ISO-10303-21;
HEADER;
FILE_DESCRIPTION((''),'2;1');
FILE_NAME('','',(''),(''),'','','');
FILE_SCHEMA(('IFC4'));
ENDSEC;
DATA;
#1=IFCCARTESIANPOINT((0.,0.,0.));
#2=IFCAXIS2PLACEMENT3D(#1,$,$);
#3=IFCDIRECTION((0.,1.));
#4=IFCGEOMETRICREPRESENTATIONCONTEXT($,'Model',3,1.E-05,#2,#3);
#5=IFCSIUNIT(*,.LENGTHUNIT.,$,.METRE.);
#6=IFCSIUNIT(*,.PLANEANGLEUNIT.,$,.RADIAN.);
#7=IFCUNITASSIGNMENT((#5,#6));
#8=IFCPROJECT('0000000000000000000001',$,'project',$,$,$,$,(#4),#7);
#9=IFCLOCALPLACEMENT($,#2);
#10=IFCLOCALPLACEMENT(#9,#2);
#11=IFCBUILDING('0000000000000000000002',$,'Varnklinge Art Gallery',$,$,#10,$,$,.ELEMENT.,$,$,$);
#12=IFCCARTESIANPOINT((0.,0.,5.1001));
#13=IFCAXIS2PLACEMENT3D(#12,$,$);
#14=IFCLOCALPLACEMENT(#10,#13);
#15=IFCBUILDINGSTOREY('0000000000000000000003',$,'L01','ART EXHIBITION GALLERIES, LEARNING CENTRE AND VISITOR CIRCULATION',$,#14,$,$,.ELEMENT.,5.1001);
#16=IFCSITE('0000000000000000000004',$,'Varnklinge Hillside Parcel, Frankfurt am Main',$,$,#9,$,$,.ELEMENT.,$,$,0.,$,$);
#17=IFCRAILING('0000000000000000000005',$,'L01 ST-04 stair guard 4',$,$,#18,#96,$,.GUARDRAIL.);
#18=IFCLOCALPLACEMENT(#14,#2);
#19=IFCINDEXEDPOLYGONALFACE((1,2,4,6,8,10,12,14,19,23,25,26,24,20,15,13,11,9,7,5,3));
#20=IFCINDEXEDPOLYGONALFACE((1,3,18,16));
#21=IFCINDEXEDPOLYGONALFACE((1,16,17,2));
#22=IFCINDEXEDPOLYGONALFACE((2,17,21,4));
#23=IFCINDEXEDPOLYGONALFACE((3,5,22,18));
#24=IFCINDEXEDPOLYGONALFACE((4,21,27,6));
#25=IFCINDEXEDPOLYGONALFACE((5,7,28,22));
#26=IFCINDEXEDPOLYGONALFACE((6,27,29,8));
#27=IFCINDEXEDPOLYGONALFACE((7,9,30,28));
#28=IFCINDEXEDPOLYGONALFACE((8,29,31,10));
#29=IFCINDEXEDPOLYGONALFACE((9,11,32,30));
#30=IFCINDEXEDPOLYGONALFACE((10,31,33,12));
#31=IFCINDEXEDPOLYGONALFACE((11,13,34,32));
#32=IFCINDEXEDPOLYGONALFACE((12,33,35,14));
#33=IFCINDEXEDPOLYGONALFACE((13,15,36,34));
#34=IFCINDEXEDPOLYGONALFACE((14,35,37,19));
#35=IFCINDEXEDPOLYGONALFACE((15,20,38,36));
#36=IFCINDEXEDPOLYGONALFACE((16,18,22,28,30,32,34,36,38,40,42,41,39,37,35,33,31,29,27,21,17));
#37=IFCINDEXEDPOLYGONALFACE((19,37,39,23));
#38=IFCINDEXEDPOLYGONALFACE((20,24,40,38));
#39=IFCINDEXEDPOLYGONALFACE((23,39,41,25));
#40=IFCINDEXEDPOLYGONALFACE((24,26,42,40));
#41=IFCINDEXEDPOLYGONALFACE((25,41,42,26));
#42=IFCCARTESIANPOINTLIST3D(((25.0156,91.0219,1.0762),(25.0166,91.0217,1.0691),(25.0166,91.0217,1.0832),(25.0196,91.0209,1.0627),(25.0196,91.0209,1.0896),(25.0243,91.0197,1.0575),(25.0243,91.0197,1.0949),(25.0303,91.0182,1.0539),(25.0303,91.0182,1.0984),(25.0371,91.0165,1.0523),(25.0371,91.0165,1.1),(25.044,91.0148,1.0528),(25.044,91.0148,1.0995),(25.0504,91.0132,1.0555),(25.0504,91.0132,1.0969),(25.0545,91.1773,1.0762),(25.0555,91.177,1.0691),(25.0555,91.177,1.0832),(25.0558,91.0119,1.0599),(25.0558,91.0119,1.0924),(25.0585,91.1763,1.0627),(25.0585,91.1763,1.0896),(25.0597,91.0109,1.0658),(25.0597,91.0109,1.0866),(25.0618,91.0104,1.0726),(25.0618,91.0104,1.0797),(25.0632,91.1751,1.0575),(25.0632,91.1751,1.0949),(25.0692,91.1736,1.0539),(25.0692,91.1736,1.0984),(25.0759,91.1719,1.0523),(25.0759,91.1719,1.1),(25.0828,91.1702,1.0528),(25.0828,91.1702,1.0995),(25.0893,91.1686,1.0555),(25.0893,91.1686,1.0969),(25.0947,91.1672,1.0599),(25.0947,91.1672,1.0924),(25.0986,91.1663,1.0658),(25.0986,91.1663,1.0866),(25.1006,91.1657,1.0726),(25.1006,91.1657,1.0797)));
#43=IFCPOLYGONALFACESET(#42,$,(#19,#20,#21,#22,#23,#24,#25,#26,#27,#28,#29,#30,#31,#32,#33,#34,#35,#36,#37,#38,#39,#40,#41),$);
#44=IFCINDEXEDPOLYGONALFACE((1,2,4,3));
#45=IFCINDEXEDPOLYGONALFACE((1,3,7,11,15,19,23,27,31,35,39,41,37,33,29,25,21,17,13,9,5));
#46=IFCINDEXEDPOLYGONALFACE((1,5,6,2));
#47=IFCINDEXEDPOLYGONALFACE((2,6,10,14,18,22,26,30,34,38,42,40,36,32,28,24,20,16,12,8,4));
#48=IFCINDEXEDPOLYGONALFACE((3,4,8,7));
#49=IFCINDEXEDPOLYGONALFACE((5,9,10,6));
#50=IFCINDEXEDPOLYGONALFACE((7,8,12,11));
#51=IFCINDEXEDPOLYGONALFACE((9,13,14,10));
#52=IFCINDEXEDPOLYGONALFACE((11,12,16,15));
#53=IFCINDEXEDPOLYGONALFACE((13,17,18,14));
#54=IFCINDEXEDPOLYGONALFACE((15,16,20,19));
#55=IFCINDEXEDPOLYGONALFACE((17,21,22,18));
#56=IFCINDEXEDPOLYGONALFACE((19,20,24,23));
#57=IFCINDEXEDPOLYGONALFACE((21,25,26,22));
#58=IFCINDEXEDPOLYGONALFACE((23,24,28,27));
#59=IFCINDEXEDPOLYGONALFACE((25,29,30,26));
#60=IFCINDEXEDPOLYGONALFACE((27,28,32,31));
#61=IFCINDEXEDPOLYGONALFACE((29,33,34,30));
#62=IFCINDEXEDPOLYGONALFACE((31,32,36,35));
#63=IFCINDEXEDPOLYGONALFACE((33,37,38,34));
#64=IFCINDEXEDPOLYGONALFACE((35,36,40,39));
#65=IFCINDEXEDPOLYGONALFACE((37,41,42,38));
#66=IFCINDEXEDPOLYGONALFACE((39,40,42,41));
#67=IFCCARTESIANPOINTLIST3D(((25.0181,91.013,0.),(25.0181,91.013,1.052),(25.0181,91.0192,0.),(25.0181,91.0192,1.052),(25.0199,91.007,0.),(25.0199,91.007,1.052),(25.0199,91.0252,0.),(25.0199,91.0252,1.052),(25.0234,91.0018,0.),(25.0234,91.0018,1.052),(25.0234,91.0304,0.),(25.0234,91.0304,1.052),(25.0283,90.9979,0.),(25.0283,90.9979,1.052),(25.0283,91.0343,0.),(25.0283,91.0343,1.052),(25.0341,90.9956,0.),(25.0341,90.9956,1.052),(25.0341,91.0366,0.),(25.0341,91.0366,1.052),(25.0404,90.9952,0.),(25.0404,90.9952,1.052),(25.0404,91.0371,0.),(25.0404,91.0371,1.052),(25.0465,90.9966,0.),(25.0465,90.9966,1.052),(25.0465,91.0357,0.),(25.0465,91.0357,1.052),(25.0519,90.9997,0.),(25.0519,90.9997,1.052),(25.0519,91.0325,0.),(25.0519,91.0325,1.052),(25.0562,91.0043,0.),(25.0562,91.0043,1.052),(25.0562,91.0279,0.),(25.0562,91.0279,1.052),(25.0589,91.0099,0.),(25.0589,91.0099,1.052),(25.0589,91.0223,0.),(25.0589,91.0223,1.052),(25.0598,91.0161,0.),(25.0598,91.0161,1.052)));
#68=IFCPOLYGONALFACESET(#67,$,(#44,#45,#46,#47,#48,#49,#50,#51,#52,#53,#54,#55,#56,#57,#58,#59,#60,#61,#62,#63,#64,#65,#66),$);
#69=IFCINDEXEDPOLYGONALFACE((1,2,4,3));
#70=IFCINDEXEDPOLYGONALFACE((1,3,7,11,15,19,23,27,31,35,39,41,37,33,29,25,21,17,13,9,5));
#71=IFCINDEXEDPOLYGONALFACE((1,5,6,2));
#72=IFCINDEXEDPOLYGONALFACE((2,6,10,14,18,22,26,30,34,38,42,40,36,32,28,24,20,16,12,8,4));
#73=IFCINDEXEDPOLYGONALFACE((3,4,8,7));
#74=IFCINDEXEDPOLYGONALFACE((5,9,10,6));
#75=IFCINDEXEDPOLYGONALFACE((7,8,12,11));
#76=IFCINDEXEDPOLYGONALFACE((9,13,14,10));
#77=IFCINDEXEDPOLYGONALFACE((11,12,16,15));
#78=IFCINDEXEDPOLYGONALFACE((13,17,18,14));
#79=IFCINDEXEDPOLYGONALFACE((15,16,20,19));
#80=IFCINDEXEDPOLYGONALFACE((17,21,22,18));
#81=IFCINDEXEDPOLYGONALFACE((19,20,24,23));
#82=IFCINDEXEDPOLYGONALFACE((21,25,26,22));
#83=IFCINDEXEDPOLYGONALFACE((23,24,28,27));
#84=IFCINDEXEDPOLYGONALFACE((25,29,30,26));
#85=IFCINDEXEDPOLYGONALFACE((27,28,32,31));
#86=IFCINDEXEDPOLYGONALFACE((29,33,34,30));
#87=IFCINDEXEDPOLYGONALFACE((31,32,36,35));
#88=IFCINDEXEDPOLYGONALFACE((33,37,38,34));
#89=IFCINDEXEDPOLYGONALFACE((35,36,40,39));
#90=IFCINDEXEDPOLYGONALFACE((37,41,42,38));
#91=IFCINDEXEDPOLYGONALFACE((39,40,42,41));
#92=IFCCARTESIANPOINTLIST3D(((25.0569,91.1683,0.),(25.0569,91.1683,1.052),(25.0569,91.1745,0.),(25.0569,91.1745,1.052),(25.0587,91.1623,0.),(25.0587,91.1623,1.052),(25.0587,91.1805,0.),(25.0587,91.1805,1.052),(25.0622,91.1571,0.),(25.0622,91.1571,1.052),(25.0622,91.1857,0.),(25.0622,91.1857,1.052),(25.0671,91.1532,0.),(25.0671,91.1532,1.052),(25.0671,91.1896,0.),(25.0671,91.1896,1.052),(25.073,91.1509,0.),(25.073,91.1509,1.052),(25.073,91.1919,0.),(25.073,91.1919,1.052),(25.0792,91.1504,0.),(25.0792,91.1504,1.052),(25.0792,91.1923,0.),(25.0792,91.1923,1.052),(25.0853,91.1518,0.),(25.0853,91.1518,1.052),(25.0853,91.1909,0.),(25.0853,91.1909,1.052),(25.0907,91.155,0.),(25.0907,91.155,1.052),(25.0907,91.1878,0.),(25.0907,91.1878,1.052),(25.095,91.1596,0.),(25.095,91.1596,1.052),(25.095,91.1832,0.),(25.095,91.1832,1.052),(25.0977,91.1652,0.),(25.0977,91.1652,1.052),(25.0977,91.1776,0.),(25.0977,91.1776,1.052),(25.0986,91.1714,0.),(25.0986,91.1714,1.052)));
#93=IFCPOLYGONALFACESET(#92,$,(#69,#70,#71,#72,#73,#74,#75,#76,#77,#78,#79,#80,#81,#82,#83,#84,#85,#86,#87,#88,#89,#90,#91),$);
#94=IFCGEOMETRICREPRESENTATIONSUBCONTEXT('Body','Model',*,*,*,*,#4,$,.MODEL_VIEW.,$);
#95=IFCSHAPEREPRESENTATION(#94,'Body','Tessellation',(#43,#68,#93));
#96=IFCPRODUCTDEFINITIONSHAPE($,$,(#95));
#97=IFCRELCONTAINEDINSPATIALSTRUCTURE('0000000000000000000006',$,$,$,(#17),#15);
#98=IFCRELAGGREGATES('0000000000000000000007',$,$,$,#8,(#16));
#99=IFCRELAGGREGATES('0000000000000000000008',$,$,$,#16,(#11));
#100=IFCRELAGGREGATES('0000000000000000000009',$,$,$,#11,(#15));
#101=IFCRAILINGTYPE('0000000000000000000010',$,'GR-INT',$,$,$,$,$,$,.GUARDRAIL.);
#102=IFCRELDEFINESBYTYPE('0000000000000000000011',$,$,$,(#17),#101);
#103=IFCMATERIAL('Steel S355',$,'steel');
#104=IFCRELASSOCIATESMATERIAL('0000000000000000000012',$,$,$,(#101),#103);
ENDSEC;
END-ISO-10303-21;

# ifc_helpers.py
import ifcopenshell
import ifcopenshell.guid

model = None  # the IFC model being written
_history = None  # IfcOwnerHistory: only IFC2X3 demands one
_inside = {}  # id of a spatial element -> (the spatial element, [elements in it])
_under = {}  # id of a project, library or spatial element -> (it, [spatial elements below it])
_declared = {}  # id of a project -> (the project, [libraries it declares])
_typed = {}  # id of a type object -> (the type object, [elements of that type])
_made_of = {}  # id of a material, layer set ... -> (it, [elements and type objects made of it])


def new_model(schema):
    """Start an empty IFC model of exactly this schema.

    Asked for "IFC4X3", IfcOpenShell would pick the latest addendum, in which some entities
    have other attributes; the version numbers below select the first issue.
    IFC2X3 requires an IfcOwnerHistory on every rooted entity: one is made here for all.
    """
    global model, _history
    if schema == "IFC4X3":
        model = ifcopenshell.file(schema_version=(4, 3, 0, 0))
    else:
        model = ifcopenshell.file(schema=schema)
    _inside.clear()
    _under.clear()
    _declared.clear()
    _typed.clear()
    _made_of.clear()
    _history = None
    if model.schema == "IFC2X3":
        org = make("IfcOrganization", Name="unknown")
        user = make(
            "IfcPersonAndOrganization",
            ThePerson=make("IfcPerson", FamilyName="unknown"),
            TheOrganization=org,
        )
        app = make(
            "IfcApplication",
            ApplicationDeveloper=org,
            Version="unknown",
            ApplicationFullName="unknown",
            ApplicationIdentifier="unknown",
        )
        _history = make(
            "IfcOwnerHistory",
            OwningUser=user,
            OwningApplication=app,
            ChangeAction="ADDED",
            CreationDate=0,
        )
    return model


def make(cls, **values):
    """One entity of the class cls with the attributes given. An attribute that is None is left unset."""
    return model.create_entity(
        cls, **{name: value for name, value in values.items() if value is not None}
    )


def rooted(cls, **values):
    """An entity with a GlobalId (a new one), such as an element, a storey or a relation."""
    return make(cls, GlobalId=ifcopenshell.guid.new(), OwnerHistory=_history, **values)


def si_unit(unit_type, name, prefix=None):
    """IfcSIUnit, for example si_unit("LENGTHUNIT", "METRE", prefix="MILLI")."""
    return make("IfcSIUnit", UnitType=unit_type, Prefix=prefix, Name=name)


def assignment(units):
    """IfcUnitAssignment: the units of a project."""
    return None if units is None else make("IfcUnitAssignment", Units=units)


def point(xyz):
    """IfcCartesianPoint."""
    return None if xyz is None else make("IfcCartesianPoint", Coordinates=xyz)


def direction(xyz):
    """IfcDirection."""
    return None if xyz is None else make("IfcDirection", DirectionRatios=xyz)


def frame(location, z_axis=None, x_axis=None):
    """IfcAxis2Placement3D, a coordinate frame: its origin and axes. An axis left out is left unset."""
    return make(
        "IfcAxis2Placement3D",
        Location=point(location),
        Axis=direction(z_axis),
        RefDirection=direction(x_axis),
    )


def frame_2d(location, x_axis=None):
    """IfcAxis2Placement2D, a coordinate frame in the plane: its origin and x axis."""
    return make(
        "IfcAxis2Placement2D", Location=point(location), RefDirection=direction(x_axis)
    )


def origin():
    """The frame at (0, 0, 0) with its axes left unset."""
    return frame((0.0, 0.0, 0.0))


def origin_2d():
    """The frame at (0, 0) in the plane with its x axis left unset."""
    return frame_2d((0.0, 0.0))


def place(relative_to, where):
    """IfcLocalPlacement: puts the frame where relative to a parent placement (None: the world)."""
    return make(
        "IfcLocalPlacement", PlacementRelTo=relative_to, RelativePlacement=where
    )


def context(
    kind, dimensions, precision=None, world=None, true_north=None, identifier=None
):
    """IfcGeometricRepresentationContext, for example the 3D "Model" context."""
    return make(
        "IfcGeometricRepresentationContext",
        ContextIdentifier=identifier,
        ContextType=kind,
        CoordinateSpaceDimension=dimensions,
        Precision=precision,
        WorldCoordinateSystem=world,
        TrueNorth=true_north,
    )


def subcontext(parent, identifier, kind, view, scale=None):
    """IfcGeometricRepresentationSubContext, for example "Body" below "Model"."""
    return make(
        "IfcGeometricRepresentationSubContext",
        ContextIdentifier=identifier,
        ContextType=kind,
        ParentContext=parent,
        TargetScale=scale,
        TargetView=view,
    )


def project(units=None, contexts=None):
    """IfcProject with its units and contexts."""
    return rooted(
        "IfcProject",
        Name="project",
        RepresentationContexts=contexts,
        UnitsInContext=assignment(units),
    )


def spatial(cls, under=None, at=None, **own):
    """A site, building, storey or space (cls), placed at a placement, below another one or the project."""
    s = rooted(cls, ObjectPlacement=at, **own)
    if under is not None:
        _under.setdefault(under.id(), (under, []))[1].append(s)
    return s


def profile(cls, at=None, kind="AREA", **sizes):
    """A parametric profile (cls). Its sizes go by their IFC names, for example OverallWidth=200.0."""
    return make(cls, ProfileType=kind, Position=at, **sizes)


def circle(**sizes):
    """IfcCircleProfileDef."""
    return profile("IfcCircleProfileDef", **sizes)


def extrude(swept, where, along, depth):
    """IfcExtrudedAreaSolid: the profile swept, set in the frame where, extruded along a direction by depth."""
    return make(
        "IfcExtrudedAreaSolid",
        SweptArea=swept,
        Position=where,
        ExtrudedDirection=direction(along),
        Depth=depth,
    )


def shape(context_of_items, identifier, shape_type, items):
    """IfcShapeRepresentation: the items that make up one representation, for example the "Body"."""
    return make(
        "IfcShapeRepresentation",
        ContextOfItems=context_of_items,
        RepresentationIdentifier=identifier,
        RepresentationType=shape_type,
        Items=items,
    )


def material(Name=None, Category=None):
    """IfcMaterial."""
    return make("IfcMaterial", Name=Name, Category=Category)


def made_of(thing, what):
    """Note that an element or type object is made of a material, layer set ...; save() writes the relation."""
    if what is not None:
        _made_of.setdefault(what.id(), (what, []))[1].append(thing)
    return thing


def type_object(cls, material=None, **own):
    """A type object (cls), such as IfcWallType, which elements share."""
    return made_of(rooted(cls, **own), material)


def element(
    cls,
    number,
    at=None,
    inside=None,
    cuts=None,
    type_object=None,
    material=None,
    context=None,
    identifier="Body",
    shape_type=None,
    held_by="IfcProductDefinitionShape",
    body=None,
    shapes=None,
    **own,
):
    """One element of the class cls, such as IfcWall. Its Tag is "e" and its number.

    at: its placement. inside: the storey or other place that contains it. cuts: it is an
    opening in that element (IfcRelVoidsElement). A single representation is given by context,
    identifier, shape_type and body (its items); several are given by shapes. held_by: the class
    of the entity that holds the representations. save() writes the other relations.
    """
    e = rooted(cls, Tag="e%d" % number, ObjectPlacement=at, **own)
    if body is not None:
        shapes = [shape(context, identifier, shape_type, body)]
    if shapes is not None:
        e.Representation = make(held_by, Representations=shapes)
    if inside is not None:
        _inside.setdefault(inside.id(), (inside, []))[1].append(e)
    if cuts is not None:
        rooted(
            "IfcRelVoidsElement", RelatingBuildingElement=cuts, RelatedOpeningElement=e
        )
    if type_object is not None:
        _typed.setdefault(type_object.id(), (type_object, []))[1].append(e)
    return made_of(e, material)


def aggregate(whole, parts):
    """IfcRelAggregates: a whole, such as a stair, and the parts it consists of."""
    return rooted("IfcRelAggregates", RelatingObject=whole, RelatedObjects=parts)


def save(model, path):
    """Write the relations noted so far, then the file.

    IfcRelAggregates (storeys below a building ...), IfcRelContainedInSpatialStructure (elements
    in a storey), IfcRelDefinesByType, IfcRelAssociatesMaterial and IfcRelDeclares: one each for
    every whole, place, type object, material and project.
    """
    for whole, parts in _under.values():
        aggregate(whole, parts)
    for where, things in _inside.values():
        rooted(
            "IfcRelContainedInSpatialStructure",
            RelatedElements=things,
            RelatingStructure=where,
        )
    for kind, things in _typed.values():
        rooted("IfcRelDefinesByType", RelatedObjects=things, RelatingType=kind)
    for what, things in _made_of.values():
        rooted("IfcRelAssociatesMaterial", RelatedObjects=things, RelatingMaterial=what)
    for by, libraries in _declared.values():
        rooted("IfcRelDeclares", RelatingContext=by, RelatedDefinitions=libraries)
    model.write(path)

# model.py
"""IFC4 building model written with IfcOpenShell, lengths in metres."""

from ifc_helpers import new_model, si_unit, direction, frame, origin, origin_2d, place, context, subcontext, project, spatial, circle, extrude, material, type_object, element, save


model = new_model("IFC4")

# Units and contexts
model_context = context("Model", 3, precision=1e-05, world=origin(), true_north=direction((0.0, 1.0)))
body_context = subcontext(model_context, "Body", "Model", "MODEL_VIEW")
ifc_project = project(units=[si_unit("LENGTHUNIT", "METRE"), si_unit("PLANEANGLEUNIT", "RADIAN")], contexts=[model_context])

# Site, building, storey
site_placement = place(None, origin())
site = spatial("IfcSite", under=ifc_project, at=site_placement, Name="Varnklinge Hillside Parcel, Frankfurt am Main", CompositionType="ELEMENT", RefElevation=0.0)
building_placement = place(site_placement, origin())
building = spatial("IfcBuilding", under=site, at=building_placement, Name="Varnklinge Art Gallery", CompositionType="ELEMENT")
storey_placement = place(building_placement, frame((0.0, 0.0, 5.1001)))
storey = spatial("IfcBuildingStorey", under=building, at=storey_placement, Name="L01", Description="ART EXHIBITION GALLERIES, LEARNING CENTRE AND VISITOR CIRCULATION", CompositionType="ELEMENT", Elevation=5.1001)

# Railing
ifc_material_1 = material(Name="Steel S355", Category="steel")
railing_type_1 = type_object("IfcRailingType", Name="GR-INT", PredefinedType="GUARDRAIL", material=ifc_material_1)
railing_1_placement = place(storey_placement, frame((25.0388, 91.0161, 0.0)))
element("IfcRailing", 1, at=railing_1_placement, inside=storey, type_object=railing_type_1, Name="L01 ST-04 stair guard 4", PredefinedType="GUARDRAIL", context=body_context, shape_type="SweptSolid", body=[
    extrude(circle(Radius=0.0239, at=origin_2d()), frame((0.0, 0.0, 1.0762), z_axis=(0.242536, 0.970143, 0.0), x_axis=(-0.970143, 0.242536, 0.0)), (0.0, 0.0, 1.0), 0.1602),
    extrude(circle(Radius=0.021, at=origin_2d()), origin(), (0.0, 0.0, 1.0), 1.052),
    extrude(circle(Radius=0.021, at=origin_2d()), frame((0.0388, 0.1553, 0.0)), (0.0, 0.0, 1.0), 1.052),
])

save(model, "model.ifc")
